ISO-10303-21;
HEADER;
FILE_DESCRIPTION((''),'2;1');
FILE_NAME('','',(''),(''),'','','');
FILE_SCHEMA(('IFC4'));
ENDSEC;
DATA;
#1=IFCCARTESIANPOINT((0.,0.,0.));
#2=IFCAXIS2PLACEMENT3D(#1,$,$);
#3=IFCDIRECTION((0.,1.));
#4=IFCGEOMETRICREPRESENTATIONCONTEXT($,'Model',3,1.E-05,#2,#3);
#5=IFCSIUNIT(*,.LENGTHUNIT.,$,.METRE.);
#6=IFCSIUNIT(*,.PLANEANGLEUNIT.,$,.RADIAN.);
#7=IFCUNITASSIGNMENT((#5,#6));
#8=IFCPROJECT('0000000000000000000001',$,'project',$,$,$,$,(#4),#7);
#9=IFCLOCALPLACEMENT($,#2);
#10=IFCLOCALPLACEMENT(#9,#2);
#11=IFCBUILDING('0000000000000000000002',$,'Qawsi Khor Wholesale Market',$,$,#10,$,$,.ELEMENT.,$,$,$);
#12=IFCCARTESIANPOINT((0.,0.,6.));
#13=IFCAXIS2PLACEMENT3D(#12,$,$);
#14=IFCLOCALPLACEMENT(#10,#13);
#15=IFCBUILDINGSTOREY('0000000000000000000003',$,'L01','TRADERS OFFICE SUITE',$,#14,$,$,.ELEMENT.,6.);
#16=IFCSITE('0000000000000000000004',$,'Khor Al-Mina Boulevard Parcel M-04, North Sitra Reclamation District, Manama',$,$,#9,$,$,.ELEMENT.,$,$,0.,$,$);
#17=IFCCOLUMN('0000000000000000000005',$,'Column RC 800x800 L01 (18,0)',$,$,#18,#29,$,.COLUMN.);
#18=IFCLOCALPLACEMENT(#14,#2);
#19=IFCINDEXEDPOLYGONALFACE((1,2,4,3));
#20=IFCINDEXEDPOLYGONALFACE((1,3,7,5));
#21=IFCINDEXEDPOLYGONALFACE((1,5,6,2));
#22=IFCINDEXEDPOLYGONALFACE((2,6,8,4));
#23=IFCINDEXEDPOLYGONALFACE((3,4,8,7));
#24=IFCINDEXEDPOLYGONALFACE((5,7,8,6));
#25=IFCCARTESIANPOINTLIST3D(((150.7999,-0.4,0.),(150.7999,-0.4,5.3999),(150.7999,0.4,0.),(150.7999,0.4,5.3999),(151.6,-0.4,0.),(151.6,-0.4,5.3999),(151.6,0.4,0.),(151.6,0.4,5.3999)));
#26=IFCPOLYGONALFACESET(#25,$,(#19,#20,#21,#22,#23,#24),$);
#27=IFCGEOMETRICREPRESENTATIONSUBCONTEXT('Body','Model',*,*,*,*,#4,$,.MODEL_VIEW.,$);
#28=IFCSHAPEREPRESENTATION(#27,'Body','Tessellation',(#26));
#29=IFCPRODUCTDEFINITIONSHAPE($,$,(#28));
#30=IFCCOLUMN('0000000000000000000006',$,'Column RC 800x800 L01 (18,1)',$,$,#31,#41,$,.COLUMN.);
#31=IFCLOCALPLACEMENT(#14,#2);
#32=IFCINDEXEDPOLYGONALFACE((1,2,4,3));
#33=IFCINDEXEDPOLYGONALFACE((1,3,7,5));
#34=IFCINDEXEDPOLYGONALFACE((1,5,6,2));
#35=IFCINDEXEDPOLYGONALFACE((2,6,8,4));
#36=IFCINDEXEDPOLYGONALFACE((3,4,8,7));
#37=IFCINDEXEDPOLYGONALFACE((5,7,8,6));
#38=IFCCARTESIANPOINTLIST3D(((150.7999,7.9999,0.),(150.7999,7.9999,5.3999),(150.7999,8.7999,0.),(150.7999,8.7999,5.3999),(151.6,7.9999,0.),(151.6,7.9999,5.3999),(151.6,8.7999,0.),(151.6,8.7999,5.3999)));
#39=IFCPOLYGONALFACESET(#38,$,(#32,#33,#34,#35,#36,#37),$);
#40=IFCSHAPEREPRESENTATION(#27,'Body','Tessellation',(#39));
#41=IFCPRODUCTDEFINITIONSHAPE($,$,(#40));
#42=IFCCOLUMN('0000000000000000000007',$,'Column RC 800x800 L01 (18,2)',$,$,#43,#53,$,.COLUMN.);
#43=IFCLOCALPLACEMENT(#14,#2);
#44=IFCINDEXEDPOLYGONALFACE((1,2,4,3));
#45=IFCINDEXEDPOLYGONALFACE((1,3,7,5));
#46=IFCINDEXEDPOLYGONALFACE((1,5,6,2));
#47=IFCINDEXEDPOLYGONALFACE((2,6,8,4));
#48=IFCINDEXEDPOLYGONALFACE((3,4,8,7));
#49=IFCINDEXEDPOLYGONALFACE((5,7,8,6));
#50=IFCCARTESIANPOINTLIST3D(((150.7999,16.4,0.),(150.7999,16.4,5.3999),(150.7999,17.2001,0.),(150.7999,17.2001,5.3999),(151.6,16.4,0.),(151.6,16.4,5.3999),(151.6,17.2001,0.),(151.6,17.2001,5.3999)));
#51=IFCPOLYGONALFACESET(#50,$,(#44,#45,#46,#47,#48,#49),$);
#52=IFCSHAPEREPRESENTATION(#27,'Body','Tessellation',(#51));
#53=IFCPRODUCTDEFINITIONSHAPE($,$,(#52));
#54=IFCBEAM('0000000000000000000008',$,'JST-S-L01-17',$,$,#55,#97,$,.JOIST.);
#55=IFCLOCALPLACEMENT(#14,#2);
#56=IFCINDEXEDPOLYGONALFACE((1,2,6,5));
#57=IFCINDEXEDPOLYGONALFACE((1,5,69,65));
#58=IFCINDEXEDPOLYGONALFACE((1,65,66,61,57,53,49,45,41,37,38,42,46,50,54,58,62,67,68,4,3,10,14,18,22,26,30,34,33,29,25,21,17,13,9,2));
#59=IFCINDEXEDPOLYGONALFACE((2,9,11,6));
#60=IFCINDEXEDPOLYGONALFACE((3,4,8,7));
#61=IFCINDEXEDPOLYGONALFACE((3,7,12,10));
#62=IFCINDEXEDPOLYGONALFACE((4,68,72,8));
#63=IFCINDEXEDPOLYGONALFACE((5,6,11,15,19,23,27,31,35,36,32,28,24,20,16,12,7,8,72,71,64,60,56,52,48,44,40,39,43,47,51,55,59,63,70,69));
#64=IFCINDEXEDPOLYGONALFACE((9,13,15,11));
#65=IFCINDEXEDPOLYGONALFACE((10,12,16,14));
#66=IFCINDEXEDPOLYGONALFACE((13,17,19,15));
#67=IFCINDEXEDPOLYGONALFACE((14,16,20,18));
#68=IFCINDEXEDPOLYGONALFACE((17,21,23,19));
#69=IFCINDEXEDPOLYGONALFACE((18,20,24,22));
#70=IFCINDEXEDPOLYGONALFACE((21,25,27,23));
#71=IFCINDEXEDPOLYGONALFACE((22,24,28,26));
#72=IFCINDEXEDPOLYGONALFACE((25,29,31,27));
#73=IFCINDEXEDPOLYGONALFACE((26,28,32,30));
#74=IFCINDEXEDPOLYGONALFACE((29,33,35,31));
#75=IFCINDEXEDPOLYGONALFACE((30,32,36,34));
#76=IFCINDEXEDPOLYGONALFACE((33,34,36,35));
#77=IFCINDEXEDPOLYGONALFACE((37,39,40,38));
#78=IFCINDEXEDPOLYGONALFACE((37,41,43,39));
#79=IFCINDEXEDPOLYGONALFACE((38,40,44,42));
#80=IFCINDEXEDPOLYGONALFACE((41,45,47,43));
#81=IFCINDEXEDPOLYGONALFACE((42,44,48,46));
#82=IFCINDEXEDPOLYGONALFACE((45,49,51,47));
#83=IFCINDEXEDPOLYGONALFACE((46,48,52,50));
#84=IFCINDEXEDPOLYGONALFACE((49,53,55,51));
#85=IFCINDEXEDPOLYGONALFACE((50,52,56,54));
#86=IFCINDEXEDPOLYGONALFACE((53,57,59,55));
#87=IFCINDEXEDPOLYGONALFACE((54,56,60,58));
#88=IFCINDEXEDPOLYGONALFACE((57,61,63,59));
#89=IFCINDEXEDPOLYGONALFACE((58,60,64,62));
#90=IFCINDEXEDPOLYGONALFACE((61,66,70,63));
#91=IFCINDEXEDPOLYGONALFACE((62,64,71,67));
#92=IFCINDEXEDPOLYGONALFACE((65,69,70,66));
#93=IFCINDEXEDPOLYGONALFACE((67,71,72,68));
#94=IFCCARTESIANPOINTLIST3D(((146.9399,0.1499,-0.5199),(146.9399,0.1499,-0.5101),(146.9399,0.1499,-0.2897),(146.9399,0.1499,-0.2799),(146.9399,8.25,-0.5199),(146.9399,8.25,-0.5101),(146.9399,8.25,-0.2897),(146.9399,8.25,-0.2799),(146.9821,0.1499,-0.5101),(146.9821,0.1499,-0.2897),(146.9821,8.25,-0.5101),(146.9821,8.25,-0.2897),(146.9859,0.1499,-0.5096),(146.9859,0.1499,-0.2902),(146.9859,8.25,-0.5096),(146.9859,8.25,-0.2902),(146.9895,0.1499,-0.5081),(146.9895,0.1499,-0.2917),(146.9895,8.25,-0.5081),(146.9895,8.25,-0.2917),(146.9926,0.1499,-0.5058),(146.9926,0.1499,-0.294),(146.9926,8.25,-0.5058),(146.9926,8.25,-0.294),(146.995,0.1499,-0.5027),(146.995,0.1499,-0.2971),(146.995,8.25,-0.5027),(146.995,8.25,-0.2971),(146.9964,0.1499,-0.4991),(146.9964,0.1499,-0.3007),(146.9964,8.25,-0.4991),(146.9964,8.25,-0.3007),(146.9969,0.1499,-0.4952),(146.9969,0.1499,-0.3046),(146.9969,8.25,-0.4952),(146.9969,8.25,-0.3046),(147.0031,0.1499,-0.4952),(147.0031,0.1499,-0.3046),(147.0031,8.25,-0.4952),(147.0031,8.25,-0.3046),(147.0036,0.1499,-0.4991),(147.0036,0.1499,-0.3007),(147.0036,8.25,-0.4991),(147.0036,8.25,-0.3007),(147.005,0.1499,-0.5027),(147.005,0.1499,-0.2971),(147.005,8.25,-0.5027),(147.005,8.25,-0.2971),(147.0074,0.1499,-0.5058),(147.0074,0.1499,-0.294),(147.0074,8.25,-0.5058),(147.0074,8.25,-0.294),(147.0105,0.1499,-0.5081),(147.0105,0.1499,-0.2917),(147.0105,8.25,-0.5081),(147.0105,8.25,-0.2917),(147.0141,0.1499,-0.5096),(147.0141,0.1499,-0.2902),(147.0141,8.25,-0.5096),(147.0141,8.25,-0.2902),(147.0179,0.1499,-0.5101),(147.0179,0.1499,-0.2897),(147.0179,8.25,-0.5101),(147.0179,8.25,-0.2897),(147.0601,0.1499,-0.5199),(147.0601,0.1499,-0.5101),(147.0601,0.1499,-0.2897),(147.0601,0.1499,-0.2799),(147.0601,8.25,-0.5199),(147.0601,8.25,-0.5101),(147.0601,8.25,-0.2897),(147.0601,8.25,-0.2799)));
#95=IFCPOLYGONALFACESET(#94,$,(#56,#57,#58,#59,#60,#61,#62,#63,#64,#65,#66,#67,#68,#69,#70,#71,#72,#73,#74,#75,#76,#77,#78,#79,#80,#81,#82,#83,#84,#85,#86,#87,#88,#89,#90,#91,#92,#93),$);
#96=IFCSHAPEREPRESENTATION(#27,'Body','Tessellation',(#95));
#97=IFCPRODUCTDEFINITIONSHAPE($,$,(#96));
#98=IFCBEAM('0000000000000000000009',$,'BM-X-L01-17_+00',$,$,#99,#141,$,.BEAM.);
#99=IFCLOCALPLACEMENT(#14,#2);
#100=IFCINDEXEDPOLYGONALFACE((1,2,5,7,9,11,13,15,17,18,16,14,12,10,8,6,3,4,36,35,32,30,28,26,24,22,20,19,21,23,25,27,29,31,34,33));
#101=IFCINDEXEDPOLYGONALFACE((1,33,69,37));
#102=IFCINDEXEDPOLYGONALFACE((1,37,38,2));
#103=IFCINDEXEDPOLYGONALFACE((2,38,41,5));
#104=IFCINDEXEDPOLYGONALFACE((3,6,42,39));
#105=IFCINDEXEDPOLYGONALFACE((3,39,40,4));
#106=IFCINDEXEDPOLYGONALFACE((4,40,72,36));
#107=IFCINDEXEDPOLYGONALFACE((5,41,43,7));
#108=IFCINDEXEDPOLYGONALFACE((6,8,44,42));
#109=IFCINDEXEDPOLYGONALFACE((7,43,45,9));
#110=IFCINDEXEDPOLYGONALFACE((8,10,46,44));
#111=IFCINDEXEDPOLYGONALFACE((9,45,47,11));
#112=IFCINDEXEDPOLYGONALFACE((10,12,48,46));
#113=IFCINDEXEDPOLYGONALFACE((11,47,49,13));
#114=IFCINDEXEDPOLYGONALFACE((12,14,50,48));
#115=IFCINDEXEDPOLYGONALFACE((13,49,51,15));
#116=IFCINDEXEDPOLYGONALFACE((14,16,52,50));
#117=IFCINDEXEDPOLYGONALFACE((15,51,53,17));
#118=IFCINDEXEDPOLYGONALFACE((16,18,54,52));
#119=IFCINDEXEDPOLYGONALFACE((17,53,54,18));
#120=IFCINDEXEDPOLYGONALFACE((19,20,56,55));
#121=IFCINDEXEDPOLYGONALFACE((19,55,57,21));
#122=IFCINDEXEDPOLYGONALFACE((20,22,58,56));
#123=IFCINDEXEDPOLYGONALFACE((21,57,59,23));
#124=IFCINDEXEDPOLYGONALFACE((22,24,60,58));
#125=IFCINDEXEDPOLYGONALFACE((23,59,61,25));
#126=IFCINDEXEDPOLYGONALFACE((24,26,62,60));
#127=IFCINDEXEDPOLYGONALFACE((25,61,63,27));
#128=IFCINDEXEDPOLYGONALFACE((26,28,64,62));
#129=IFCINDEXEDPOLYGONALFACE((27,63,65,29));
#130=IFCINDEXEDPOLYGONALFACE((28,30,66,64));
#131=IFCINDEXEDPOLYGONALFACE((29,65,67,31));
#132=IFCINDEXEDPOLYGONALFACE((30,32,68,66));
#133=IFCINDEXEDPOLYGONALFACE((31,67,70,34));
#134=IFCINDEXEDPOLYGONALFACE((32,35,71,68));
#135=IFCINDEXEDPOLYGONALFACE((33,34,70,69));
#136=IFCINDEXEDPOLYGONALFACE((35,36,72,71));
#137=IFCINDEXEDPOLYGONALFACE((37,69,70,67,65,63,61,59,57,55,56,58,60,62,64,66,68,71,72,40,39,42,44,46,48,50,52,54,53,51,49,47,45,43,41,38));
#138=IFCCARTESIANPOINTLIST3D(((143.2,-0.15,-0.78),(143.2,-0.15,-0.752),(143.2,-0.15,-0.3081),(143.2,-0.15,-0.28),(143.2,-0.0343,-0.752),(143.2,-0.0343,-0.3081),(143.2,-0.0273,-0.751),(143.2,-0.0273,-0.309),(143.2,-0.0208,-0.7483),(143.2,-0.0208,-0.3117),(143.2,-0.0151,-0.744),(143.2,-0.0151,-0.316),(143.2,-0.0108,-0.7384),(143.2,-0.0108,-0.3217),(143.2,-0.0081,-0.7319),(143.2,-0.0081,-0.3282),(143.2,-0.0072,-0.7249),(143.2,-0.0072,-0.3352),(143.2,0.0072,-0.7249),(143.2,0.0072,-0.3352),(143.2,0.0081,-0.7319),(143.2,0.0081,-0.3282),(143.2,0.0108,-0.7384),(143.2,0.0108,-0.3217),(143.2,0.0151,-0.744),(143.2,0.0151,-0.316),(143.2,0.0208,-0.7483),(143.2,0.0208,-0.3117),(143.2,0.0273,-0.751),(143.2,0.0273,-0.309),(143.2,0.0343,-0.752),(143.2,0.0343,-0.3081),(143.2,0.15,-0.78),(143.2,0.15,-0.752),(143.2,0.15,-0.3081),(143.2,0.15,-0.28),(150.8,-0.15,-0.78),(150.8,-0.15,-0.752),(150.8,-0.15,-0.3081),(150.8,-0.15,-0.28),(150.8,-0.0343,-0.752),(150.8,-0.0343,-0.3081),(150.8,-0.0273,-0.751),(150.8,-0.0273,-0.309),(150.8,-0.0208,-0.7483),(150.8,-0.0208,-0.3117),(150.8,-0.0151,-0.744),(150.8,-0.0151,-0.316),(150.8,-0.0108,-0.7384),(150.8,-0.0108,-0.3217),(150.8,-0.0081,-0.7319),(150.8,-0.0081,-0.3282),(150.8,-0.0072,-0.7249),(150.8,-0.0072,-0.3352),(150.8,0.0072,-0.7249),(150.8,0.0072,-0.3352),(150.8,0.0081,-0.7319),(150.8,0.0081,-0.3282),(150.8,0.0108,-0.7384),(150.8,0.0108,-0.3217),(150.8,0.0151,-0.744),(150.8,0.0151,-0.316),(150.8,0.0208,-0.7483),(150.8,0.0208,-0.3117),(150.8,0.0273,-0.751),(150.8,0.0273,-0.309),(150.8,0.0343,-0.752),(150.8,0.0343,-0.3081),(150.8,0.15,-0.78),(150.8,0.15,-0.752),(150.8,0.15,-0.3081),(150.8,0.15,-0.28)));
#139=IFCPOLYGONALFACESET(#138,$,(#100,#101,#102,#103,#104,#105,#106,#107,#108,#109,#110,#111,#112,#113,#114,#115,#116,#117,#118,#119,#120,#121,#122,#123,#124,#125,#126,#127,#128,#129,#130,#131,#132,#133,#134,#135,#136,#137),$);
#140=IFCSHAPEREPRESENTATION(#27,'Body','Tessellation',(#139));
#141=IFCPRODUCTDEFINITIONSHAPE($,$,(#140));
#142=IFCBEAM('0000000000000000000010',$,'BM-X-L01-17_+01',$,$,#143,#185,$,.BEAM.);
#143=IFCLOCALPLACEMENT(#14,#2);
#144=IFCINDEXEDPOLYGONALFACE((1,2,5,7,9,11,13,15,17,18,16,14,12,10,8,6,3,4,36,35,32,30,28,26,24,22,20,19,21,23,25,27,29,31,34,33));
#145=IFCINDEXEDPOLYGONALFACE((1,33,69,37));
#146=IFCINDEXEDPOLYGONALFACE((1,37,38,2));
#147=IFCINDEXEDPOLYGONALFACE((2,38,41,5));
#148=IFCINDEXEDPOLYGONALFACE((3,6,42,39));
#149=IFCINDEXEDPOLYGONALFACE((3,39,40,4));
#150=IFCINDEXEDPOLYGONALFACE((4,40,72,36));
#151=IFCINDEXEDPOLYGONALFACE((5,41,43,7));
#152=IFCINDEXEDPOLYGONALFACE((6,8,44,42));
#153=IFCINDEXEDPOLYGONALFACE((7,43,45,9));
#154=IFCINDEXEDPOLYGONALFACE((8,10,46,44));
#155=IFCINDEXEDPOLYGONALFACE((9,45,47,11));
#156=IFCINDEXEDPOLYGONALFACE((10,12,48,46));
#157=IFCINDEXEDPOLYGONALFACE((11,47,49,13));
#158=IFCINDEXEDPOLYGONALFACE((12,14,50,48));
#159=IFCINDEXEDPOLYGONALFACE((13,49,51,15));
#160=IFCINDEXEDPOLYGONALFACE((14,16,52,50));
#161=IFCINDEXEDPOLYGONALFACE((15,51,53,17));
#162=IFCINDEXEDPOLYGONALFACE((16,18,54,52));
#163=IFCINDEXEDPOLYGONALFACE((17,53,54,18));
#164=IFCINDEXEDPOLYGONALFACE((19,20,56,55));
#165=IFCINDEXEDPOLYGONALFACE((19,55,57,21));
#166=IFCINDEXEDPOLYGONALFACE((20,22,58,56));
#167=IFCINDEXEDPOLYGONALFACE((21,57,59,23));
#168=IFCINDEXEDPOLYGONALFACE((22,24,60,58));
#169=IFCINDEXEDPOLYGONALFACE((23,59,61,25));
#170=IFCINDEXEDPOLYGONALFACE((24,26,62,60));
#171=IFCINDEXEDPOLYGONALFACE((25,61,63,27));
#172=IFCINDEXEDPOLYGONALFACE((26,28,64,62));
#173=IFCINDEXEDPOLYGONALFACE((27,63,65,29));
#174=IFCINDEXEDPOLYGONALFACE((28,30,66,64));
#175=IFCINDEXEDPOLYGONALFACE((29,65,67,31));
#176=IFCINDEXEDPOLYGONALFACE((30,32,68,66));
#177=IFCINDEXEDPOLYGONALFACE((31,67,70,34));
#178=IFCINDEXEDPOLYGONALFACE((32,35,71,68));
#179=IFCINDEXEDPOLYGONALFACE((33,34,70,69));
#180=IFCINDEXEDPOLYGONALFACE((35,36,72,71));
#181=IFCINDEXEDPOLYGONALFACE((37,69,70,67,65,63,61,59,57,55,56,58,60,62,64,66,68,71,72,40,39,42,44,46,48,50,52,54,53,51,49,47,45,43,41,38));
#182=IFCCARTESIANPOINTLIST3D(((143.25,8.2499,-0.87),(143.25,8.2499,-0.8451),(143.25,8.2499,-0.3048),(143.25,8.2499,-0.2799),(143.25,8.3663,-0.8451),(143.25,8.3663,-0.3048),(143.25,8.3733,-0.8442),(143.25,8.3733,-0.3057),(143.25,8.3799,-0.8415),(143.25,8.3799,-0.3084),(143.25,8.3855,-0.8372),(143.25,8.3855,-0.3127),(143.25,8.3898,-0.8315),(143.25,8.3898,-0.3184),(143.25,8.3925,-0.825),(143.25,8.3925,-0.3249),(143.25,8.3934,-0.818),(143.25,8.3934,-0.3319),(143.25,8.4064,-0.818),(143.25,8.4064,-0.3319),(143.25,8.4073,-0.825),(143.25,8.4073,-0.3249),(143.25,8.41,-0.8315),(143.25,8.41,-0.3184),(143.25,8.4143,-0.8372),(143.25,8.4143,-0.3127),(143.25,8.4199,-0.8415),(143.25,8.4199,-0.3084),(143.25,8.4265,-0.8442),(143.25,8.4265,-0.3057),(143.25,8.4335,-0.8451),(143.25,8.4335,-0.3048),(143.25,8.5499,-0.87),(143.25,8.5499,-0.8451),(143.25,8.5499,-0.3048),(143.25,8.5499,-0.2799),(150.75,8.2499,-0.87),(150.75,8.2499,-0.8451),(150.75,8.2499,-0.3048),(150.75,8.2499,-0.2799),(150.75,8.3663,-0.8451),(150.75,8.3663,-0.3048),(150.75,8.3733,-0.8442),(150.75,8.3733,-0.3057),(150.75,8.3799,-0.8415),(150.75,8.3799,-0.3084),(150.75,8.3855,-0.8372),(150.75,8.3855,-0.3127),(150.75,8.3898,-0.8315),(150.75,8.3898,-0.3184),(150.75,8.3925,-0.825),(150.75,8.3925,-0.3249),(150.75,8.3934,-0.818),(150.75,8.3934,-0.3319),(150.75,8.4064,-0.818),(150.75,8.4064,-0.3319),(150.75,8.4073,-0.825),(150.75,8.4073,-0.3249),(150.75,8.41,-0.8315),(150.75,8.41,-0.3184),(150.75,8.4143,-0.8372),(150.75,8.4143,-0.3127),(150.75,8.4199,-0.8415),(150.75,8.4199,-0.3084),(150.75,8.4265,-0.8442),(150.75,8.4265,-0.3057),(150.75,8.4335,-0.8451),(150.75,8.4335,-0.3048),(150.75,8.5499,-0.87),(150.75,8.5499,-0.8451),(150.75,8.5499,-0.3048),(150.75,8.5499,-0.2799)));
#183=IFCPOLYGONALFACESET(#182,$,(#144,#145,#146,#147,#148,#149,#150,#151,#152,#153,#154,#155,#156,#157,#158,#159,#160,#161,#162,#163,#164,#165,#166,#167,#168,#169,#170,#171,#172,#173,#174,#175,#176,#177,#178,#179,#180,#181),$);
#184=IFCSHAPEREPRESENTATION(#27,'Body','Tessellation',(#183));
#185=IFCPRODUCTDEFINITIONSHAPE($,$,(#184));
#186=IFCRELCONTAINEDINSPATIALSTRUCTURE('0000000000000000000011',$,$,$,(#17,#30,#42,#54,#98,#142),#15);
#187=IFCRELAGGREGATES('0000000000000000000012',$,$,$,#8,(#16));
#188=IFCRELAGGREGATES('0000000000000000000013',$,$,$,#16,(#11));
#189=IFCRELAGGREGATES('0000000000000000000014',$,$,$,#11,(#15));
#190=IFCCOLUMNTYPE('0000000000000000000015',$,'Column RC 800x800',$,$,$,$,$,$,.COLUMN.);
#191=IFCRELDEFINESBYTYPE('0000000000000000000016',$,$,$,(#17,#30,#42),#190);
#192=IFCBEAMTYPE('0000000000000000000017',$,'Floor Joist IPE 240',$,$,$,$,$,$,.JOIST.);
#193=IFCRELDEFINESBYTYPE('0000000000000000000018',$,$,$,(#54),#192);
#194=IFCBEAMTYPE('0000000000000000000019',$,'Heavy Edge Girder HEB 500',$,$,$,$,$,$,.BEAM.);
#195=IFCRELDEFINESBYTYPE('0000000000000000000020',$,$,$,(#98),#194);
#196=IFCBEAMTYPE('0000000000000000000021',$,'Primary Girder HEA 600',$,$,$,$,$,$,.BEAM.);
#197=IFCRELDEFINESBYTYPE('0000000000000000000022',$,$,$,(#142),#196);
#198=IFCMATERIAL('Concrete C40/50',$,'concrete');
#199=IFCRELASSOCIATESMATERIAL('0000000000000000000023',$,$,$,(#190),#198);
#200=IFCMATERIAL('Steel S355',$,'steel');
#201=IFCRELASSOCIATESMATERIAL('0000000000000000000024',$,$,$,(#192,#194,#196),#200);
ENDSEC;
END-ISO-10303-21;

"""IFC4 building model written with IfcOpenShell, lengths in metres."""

from ifc_helpers import new_model, si_unit, direction, frame, origin, origin_2d, place, context, subcontext, project, spatial, rectangle, i_section, extrude, material, material_profile, profile_set, type_object, element, save


model = new_model("IFC4")

# Units and contexts
model_context = context("Model", 3, precision=1e-05, world=origin(), true_north=direction((0.0, 1.0)))
body_context = subcontext(model_context, "Body", "Model", "MODEL_VIEW")
ifc_project = project(units=[si_unit("LENGTHUNIT", "METRE"), si_unit("PLANEANGLEUNIT", "RADIAN")], contexts=[model_context])

# Site, building, storey
site_placement = place(None, origin())
site = spatial("IfcSite", under=ifc_project, at=site_placement, Name="Khor Al-Mina Boulevard Parcel M-04, North Sitra Reclamation District, Manama", CompositionType="ELEMENT", RefElevation=0.0)
building_placement = place(site_placement, origin())
building = spatial("IfcBuilding", under=site, at=building_placement, Name="Qawsi Khor Wholesale Market", CompositionType="ELEMENT")
storey_placement = place(building_placement, frame((0.0, 0.0, 6.0)))
storey = spatial("IfcBuildingStorey", under=building, at=storey_placement, Name="L01", Description="TRADERS OFFICE SUITE", CompositionType="ELEMENT", Elevation=6.0)

# Columns
ifc_material_1 = material(Name="Concrete C40/50", Category="concrete")
ifc_material_profile_1 = material_profile(ifc_material_1, rectangle(XDim=0.8, YDim=0.8, at=origin_2d()), Name="RC 800x800")
ifc_profile_set_1 = profile_set([ifc_material_profile_1], Name="Concrete C40/50")
column_type = type_object("IfcColumnType", Name="Column RC 800x800", PredefinedType="COLUMN", material=ifc_profile_set_1)
for number, where, z_axis, x_axis, name in (
    (1, (151.2, 0.0, 0.0), (0.0, 0.0, 1.0), (1.0, 0.0, 0.0), "Column RC 800x800 L01 (18,0)"),
    (2, (151.2, 8.3999, 0.0), (0.0, 0.0, 1.0), (1.0, 0.0, 0.0), "Column RC 800x800 L01 (18,1)"),
    (3, (151.2, 16.8, 0.0), (0.0, 0.0, 1.0), (1.0, 0.0, 0.0), "Column RC 800x800 L01 (18,2)"),
):
    element("IfcColumn", number, at=place(storey_placement, frame(where, z_axis=z_axis, x_axis=x_axis)), inside=storey, type_object=column_type, Name=name, PredefinedType="COLUMN", context=body_context, shape_type="SweptSolid", body=[
        extrude(rectangle(XDim=0.8, YDim=0.8, at=origin_2d()), origin(), (0.0, 0.0, 1.0), 5.3999),
    ])

# Beams
ifc_material_2 = material(Name="Steel S355", Category="steel")
ifc_material_profile_2 = material_profile(ifc_material_2, i_section(OverallWidth=0.1201, OverallDepth=0.24, WebThickness=0.0061, FlangeThickness=0.0098, FilletRadius=0.0149, at=origin_2d()), Name="IPE 240")
ifc_profile_set_2 = profile_set([ifc_material_profile_2], Name="Steel S355")
beam_type_1 = type_object("IfcBeamType", Name="Floor Joist IPE 240", PredefinedType="JOIST", material=ifc_profile_set_2)
beam_1_placement = place(storey_placement, frame((147.0, 0.1499, -0.3999), z_axis=(0.0, 1.0, 0.0), x_axis=(-1.0, 0.0, 0.0)))
element("IfcBeam", 4, at=beam_1_placement, inside=storey, type_object=beam_type_1, Name="JST-S-L01-17", PredefinedType="JOIST", context=body_context, shape_type="SweptSolid", body=[
    extrude(i_section(OverallWidth=0.1201, OverallDepth=0.24, WebThickness=0.0061, FlangeThickness=0.0098, FilletRadius=0.0149, at=origin_2d()), origin(), (0.0, 0.0, 1.0), 8.1001),
])
ifc_material_profile_3 = material_profile(ifc_material_2, i_section(OverallWidth=0.3, OverallDepth=0.5, WebThickness=0.0144, FlangeThickness=0.0281, FilletRadius=0.0271, at=origin_2d()), Name="HEB 500")
ifc_profile_set_3 = profile_set([ifc_material_profile_3], Name="Steel S355")
beam_type_2 = type_object("IfcBeamType", Name="Heavy Edge Girder HEB 500", PredefinedType="BEAM", material=ifc_profile_set_3)
beam_2_placement = place(storey_placement, frame((143.2, 0.0, -0.53), z_axis=(1.0, 0.0, 0.0), x_axis=(0.0, 1.0, 0.0)))
element("IfcBeam", 5, at=beam_2_placement, inside=storey, type_object=beam_type_2, Name="BM-X-L01-17_+00", PredefinedType="BEAM", context=body_context, shape_type="SweptSolid", body=[
    extrude(i_section(OverallWidth=0.3, OverallDepth=0.5, WebThickness=0.0144, FlangeThickness=0.0281, FilletRadius=0.0271, at=origin_2d()), origin(), (0.0, 0.0, 1.0), 7.6001),
])
ifc_material_profile_4 = material_profile(ifc_material_2, i_section(OverallWidth=0.3, OverallDepth=0.5901, WebThickness=0.0129, FlangeThickness=0.0249, FilletRadius=0.0271, at=origin_2d()), Name="HEA 600")
ifc_profile_set_4 = profile_set([ifc_material_profile_4], Name="Steel S355")
beam_type_3 = type_object("IfcBeamType", Name="Primary Girder HEA 600", PredefinedType="BEAM", material=ifc_profile_set_4)
beam_3_placement = place(storey_placement, frame((143.25, 8.3999, -0.575), z_axis=(1.0, 0.0, 0.0), x_axis=(0.0, 1.0, 0.0)))
element("IfcBeam", 6, at=beam_3_placement, inside=storey, type_object=beam_type_3, Name="BM-X-L01-17_+01", PredefinedType="BEAM", context=body_context, shape_type="SweptSolid", body=[
    extrude(i_section(OverallWidth=0.3, OverallDepth=0.5901, WebThickness=0.0129, FlangeThickness=0.0249, FilletRadius=0.0271, at=origin_2d()), origin(), (0.0, 0.0, 1.0), 7.5),
])

save(model, "model.ifc")
